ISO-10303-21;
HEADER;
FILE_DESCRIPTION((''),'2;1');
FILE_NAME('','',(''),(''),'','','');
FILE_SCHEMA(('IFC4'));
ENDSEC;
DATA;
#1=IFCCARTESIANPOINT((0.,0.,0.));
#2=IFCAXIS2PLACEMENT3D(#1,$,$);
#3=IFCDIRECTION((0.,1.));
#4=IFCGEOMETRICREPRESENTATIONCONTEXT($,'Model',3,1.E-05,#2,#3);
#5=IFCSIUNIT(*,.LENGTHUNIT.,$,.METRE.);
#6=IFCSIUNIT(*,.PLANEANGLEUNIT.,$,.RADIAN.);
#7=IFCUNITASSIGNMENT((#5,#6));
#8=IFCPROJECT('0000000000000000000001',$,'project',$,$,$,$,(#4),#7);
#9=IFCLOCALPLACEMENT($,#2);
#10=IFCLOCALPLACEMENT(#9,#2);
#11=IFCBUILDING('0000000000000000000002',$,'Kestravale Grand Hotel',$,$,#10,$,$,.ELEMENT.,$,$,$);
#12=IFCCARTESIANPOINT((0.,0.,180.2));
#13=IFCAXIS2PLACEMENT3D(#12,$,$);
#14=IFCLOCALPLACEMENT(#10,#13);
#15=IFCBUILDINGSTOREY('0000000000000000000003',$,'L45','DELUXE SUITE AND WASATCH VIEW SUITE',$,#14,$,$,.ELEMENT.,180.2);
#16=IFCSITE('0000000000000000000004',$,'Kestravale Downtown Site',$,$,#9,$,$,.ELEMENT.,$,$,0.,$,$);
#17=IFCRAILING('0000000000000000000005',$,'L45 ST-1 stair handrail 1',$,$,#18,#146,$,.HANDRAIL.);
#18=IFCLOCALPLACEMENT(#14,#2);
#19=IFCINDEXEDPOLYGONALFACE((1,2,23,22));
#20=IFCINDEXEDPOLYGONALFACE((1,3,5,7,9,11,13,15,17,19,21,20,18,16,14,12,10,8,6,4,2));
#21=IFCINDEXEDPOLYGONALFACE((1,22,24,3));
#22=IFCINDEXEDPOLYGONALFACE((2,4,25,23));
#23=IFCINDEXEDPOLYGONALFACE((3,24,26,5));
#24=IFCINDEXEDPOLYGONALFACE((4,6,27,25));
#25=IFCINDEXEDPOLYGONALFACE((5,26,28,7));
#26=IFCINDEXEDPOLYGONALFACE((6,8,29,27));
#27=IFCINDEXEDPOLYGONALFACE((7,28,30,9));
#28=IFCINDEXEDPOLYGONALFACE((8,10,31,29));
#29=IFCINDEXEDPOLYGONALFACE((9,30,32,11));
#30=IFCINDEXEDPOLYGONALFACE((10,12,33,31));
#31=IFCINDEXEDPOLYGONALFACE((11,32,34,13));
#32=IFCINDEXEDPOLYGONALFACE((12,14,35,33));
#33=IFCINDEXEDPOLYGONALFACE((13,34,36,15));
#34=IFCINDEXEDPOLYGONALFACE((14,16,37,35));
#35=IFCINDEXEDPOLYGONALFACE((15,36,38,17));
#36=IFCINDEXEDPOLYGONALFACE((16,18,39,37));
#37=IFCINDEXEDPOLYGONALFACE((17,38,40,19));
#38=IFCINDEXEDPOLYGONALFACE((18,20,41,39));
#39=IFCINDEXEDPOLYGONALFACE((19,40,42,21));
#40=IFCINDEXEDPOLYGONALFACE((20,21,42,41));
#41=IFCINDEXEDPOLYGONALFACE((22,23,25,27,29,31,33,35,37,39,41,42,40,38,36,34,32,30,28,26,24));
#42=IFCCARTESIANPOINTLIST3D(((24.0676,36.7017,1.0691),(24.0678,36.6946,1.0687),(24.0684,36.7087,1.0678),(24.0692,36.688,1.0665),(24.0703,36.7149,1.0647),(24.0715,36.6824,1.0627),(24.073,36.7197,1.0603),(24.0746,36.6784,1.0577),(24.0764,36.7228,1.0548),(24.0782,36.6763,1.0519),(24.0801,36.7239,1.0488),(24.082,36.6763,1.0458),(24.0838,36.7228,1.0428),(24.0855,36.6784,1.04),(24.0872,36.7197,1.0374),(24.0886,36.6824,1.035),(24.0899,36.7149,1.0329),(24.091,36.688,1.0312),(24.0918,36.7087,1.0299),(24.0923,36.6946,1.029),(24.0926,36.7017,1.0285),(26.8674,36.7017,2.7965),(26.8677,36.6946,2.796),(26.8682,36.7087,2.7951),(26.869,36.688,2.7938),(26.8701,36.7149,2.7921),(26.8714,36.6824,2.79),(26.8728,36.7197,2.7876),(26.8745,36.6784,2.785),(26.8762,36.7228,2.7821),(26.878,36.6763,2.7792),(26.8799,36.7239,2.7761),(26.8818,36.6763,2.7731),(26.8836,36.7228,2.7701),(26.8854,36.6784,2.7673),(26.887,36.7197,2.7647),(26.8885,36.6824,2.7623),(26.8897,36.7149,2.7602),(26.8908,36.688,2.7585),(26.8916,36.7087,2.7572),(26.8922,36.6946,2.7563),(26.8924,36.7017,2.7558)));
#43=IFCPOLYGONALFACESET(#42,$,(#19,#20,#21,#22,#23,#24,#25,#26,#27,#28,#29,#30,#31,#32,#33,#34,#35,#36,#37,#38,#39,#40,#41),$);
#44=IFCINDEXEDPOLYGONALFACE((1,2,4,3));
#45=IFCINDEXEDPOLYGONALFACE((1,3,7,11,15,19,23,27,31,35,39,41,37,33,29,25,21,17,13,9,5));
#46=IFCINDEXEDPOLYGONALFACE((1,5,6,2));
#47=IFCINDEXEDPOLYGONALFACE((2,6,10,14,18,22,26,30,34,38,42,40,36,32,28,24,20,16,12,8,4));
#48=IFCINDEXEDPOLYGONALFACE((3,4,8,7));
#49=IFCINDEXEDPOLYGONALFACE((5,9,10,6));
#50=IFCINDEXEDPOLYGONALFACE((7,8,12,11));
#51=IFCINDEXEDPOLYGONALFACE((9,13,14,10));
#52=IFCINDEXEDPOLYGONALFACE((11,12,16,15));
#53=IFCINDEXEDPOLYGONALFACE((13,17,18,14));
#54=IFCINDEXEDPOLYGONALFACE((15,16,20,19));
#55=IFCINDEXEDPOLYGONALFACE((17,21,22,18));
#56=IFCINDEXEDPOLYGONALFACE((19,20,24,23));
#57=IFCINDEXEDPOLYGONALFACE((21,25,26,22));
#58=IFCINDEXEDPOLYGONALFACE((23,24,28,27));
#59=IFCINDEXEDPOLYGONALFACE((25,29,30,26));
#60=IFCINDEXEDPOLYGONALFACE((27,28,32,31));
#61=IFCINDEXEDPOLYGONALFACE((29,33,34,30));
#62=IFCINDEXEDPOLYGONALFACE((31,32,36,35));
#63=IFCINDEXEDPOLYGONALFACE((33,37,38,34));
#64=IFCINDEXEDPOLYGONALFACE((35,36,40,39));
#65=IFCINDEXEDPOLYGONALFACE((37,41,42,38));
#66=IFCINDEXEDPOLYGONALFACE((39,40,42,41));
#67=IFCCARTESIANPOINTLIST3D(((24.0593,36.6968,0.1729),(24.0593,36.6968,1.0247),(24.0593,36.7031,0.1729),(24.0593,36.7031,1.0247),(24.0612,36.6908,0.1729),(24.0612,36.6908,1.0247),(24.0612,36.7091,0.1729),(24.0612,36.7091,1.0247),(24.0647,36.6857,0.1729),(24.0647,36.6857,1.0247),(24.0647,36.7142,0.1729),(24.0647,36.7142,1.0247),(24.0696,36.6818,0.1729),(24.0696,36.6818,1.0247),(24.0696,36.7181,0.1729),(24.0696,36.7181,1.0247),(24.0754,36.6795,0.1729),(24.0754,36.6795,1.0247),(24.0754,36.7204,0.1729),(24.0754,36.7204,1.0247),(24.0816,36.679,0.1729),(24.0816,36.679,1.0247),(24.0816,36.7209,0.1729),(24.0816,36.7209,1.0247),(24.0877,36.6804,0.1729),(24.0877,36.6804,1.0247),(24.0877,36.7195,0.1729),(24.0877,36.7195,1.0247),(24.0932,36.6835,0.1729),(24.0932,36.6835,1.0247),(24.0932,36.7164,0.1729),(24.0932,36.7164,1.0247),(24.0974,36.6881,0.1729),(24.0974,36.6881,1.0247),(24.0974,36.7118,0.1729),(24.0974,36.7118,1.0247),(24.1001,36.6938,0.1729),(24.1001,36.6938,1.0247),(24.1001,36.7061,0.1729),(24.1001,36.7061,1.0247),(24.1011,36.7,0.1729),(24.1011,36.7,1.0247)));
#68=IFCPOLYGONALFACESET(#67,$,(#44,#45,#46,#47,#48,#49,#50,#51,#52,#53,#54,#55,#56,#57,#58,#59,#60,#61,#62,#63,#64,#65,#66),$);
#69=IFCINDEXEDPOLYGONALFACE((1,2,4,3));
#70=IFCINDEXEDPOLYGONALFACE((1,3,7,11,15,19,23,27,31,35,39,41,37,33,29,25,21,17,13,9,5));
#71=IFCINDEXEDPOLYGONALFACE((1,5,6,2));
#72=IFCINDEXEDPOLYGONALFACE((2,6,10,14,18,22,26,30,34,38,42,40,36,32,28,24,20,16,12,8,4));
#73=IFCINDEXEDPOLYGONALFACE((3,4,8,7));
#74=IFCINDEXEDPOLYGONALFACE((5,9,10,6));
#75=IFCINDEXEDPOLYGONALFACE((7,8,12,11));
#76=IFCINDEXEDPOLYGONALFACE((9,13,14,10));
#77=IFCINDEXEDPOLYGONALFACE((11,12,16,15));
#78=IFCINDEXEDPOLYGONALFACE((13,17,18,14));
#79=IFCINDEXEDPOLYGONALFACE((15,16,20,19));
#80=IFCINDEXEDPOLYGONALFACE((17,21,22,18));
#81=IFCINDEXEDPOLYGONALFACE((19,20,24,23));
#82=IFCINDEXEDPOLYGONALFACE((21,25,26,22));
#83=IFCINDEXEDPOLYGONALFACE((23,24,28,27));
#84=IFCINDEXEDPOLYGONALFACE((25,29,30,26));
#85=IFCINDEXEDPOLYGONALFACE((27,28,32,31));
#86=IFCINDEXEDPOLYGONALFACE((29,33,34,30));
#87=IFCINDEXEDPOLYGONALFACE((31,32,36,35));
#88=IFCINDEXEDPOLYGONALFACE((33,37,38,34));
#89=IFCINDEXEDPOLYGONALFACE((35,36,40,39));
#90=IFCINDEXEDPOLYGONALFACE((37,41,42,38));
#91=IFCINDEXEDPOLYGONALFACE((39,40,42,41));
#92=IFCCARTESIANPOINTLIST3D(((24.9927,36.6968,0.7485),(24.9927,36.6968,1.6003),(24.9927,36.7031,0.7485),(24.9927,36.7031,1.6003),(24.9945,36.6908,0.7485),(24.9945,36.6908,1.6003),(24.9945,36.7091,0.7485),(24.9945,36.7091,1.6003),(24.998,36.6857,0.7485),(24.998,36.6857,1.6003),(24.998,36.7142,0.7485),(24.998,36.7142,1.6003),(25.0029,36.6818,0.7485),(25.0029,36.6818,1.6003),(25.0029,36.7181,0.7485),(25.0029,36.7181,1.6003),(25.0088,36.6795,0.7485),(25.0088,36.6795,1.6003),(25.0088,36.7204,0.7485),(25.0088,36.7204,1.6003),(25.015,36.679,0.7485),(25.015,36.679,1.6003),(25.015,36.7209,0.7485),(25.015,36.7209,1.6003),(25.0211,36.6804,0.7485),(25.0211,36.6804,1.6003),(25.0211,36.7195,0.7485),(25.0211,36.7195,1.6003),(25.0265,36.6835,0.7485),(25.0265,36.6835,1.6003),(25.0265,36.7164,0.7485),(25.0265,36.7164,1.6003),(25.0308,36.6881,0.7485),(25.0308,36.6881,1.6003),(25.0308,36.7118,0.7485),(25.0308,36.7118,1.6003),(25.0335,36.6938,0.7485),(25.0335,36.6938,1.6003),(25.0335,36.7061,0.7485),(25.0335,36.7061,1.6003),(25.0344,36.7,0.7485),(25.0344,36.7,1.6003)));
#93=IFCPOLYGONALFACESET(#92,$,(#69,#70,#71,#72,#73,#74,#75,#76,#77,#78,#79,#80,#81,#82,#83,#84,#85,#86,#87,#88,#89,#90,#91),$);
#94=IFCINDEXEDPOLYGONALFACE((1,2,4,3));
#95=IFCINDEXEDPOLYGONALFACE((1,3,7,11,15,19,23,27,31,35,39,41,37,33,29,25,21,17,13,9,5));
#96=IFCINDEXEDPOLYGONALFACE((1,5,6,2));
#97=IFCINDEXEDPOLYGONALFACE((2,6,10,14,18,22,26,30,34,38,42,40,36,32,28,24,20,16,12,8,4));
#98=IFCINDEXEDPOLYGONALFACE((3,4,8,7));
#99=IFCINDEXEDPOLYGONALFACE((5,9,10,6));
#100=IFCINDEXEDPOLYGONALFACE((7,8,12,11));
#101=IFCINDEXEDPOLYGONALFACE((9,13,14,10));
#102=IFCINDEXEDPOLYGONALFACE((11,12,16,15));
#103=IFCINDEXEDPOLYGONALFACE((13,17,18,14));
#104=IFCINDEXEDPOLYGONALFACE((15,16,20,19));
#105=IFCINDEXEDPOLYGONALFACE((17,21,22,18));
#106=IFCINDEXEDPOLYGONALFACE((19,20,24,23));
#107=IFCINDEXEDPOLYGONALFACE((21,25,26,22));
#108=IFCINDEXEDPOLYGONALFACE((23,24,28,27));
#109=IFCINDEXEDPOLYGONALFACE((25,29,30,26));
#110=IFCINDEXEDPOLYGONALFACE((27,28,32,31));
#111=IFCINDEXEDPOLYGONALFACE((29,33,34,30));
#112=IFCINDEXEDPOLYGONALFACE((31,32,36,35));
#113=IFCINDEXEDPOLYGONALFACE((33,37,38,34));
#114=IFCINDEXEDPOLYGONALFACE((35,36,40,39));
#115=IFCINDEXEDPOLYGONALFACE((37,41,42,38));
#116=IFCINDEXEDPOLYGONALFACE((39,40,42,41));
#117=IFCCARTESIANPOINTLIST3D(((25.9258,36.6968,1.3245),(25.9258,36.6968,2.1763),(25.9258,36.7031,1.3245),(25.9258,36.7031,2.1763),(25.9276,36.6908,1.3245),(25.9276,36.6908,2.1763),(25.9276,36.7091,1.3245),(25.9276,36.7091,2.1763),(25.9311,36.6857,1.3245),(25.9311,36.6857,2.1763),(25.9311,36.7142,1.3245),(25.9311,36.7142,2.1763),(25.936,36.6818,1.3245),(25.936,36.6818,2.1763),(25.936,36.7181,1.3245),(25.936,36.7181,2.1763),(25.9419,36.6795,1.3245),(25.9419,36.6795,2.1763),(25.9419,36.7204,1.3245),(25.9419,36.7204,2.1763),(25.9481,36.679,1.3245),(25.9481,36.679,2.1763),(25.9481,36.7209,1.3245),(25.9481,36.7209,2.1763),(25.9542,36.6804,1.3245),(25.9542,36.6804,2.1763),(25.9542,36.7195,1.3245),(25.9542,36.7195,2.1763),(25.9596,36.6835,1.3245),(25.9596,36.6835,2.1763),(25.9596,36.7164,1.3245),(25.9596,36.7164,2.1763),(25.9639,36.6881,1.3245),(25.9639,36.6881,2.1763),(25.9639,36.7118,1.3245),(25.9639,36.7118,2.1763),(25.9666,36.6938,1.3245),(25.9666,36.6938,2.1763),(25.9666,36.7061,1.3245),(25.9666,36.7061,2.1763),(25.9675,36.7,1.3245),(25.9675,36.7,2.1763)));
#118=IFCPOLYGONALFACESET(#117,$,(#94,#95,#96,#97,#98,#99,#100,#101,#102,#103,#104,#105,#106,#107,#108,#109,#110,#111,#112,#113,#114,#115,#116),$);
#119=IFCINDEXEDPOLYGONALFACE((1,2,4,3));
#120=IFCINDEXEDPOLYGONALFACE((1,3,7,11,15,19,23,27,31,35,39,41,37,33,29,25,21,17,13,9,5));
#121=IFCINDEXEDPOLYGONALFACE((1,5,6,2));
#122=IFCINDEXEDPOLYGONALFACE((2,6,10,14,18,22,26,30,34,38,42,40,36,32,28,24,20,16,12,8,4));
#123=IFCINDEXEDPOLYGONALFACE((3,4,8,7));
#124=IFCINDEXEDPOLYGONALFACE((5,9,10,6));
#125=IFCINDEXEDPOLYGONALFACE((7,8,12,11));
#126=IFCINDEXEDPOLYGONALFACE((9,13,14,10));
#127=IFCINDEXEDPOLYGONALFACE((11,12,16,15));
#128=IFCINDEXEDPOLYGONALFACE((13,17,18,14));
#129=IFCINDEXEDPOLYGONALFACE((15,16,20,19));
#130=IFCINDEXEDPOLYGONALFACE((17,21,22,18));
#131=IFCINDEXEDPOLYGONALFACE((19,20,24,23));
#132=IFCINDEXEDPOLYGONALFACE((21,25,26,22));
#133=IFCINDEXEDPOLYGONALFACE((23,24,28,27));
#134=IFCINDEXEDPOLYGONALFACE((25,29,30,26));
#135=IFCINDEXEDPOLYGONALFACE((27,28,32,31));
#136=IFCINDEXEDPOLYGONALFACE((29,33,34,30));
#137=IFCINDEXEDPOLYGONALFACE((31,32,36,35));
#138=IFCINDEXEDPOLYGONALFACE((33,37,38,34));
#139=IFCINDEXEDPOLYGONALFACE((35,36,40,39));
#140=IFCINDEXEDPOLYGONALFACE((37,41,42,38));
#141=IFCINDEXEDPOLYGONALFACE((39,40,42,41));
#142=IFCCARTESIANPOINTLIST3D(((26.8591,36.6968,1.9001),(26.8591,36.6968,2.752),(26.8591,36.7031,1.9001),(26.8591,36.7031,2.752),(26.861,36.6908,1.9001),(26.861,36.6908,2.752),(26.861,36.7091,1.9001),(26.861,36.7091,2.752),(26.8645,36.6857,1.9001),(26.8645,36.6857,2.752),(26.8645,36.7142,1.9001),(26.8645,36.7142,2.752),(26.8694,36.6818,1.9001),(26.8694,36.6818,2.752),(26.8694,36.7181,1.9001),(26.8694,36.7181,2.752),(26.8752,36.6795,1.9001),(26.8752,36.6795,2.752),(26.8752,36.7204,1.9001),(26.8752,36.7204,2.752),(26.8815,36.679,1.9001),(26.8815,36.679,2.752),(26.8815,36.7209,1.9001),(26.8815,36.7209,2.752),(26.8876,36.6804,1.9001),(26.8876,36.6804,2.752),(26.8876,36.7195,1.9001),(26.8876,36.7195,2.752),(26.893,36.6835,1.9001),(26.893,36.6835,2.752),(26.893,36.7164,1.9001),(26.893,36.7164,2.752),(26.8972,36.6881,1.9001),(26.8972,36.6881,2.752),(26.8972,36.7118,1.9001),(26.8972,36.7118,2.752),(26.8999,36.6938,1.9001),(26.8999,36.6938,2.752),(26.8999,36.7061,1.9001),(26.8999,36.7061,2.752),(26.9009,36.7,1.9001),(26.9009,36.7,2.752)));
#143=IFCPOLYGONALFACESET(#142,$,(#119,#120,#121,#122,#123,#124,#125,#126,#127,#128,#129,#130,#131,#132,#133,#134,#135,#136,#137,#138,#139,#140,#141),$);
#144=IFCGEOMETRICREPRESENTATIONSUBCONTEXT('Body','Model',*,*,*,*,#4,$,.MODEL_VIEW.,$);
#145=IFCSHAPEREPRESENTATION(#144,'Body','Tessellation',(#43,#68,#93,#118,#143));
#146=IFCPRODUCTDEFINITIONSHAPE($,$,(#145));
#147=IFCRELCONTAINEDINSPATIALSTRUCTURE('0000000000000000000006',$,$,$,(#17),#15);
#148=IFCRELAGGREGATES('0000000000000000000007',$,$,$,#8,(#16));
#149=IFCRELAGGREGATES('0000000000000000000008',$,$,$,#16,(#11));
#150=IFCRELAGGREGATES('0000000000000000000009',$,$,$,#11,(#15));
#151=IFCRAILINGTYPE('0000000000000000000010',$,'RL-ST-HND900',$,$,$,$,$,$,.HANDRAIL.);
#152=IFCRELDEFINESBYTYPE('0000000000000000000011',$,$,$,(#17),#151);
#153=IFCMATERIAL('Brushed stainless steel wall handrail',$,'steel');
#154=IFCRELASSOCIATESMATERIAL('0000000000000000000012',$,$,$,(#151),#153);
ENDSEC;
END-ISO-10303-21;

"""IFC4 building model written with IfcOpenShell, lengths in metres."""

from ifc_helpers import new_model, si_unit, direction, frame, origin, origin_2d, place, context, subcontext, project, spatial, circle, extrude, material, type_object, element, save


model = new_model("IFC4")

# Units and contexts
model_context = context("Model", 3, precision=1e-05, world=origin(), true_north=direction((0.0, 1.0)))
body_context = subcontext(model_context, "Body", "Model", "MODEL_VIEW")
ifc_project = project(units=[si_unit("LENGTHUNIT", "METRE"), si_unit("PLANEANGLEUNIT", "RADIAN")], contexts=[model_context])

# Site, building, storey
site_placement = place(None, origin())
site = spatial("IfcSite", under=ifc_project, at=site_placement, Name="Kestravale Downtown Site", CompositionType="ELEMENT", RefElevation=0.0)
building_placement = place(site_placement, origin())
building = spatial("IfcBuilding", under=site, at=building_placement, Name="Kestravale Grand Hotel", CompositionType="ELEMENT")
storey_placement = place(building_placement, frame((0.0, 0.0, 180.2)))
storey = spatial("IfcBuildingStorey", under=building, at=storey_placement, Name="L45", Description="DELUXE SUITE AND WASATCH VIEW SUITE", CompositionType="ELEMENT", Elevation=180.2)

# Railing
ifc_material_1 = material(Name="Brushed stainless steel wall handrail", Category="steel")
railing_type_1 = type_object("IfcRailingType", Name="RL-ST-HND900", PredefinedType="HANDRAIL", material=ifc_material_1)
railing_1_placement = place(storey_placement, frame((24.0801, 36.7, 0.1729)))
element("IfcRailing", 1, at=railing_1_placement, inside=storey, type_object=railing_type_1, Name="L45 ST-1 stair handrail 1", PredefinedType="HANDRAIL", context=body_context, shape_type="SweptSolid", body=[
    extrude(circle(Radius=0.0239, at=origin_2d()), frame((0.0, 0.0, 0.876), z_axis=(0.851069, 0.0, 0.525054), x_axis=(0.0, 1.0, 0.0)), (0.0, 0.0, 1.0), 3.2898),
    extrude(circle(Radius=0.021, at=origin_2d()), origin(), (0.0, 0.0, 1.0), 0.8518),
    extrude(circle(Radius=0.021, at=origin_2d()), frame((0.9333, 0.0, 0.5757)), (0.0, 0.0, 1.0), 0.8518),
    extrude(circle(Radius=0.021, at=origin_2d()), frame((1.8665, 0.0, 1.1516)), (0.0, 0.0, 1.0), 0.8518),
    extrude(circle(Radius=0.021, at=origin_2d()), frame((2.7998, 0.0, 1.7273)), (0.0, 0.0, 1.0), 0.8518),
])

save(model, "model.ifc")
